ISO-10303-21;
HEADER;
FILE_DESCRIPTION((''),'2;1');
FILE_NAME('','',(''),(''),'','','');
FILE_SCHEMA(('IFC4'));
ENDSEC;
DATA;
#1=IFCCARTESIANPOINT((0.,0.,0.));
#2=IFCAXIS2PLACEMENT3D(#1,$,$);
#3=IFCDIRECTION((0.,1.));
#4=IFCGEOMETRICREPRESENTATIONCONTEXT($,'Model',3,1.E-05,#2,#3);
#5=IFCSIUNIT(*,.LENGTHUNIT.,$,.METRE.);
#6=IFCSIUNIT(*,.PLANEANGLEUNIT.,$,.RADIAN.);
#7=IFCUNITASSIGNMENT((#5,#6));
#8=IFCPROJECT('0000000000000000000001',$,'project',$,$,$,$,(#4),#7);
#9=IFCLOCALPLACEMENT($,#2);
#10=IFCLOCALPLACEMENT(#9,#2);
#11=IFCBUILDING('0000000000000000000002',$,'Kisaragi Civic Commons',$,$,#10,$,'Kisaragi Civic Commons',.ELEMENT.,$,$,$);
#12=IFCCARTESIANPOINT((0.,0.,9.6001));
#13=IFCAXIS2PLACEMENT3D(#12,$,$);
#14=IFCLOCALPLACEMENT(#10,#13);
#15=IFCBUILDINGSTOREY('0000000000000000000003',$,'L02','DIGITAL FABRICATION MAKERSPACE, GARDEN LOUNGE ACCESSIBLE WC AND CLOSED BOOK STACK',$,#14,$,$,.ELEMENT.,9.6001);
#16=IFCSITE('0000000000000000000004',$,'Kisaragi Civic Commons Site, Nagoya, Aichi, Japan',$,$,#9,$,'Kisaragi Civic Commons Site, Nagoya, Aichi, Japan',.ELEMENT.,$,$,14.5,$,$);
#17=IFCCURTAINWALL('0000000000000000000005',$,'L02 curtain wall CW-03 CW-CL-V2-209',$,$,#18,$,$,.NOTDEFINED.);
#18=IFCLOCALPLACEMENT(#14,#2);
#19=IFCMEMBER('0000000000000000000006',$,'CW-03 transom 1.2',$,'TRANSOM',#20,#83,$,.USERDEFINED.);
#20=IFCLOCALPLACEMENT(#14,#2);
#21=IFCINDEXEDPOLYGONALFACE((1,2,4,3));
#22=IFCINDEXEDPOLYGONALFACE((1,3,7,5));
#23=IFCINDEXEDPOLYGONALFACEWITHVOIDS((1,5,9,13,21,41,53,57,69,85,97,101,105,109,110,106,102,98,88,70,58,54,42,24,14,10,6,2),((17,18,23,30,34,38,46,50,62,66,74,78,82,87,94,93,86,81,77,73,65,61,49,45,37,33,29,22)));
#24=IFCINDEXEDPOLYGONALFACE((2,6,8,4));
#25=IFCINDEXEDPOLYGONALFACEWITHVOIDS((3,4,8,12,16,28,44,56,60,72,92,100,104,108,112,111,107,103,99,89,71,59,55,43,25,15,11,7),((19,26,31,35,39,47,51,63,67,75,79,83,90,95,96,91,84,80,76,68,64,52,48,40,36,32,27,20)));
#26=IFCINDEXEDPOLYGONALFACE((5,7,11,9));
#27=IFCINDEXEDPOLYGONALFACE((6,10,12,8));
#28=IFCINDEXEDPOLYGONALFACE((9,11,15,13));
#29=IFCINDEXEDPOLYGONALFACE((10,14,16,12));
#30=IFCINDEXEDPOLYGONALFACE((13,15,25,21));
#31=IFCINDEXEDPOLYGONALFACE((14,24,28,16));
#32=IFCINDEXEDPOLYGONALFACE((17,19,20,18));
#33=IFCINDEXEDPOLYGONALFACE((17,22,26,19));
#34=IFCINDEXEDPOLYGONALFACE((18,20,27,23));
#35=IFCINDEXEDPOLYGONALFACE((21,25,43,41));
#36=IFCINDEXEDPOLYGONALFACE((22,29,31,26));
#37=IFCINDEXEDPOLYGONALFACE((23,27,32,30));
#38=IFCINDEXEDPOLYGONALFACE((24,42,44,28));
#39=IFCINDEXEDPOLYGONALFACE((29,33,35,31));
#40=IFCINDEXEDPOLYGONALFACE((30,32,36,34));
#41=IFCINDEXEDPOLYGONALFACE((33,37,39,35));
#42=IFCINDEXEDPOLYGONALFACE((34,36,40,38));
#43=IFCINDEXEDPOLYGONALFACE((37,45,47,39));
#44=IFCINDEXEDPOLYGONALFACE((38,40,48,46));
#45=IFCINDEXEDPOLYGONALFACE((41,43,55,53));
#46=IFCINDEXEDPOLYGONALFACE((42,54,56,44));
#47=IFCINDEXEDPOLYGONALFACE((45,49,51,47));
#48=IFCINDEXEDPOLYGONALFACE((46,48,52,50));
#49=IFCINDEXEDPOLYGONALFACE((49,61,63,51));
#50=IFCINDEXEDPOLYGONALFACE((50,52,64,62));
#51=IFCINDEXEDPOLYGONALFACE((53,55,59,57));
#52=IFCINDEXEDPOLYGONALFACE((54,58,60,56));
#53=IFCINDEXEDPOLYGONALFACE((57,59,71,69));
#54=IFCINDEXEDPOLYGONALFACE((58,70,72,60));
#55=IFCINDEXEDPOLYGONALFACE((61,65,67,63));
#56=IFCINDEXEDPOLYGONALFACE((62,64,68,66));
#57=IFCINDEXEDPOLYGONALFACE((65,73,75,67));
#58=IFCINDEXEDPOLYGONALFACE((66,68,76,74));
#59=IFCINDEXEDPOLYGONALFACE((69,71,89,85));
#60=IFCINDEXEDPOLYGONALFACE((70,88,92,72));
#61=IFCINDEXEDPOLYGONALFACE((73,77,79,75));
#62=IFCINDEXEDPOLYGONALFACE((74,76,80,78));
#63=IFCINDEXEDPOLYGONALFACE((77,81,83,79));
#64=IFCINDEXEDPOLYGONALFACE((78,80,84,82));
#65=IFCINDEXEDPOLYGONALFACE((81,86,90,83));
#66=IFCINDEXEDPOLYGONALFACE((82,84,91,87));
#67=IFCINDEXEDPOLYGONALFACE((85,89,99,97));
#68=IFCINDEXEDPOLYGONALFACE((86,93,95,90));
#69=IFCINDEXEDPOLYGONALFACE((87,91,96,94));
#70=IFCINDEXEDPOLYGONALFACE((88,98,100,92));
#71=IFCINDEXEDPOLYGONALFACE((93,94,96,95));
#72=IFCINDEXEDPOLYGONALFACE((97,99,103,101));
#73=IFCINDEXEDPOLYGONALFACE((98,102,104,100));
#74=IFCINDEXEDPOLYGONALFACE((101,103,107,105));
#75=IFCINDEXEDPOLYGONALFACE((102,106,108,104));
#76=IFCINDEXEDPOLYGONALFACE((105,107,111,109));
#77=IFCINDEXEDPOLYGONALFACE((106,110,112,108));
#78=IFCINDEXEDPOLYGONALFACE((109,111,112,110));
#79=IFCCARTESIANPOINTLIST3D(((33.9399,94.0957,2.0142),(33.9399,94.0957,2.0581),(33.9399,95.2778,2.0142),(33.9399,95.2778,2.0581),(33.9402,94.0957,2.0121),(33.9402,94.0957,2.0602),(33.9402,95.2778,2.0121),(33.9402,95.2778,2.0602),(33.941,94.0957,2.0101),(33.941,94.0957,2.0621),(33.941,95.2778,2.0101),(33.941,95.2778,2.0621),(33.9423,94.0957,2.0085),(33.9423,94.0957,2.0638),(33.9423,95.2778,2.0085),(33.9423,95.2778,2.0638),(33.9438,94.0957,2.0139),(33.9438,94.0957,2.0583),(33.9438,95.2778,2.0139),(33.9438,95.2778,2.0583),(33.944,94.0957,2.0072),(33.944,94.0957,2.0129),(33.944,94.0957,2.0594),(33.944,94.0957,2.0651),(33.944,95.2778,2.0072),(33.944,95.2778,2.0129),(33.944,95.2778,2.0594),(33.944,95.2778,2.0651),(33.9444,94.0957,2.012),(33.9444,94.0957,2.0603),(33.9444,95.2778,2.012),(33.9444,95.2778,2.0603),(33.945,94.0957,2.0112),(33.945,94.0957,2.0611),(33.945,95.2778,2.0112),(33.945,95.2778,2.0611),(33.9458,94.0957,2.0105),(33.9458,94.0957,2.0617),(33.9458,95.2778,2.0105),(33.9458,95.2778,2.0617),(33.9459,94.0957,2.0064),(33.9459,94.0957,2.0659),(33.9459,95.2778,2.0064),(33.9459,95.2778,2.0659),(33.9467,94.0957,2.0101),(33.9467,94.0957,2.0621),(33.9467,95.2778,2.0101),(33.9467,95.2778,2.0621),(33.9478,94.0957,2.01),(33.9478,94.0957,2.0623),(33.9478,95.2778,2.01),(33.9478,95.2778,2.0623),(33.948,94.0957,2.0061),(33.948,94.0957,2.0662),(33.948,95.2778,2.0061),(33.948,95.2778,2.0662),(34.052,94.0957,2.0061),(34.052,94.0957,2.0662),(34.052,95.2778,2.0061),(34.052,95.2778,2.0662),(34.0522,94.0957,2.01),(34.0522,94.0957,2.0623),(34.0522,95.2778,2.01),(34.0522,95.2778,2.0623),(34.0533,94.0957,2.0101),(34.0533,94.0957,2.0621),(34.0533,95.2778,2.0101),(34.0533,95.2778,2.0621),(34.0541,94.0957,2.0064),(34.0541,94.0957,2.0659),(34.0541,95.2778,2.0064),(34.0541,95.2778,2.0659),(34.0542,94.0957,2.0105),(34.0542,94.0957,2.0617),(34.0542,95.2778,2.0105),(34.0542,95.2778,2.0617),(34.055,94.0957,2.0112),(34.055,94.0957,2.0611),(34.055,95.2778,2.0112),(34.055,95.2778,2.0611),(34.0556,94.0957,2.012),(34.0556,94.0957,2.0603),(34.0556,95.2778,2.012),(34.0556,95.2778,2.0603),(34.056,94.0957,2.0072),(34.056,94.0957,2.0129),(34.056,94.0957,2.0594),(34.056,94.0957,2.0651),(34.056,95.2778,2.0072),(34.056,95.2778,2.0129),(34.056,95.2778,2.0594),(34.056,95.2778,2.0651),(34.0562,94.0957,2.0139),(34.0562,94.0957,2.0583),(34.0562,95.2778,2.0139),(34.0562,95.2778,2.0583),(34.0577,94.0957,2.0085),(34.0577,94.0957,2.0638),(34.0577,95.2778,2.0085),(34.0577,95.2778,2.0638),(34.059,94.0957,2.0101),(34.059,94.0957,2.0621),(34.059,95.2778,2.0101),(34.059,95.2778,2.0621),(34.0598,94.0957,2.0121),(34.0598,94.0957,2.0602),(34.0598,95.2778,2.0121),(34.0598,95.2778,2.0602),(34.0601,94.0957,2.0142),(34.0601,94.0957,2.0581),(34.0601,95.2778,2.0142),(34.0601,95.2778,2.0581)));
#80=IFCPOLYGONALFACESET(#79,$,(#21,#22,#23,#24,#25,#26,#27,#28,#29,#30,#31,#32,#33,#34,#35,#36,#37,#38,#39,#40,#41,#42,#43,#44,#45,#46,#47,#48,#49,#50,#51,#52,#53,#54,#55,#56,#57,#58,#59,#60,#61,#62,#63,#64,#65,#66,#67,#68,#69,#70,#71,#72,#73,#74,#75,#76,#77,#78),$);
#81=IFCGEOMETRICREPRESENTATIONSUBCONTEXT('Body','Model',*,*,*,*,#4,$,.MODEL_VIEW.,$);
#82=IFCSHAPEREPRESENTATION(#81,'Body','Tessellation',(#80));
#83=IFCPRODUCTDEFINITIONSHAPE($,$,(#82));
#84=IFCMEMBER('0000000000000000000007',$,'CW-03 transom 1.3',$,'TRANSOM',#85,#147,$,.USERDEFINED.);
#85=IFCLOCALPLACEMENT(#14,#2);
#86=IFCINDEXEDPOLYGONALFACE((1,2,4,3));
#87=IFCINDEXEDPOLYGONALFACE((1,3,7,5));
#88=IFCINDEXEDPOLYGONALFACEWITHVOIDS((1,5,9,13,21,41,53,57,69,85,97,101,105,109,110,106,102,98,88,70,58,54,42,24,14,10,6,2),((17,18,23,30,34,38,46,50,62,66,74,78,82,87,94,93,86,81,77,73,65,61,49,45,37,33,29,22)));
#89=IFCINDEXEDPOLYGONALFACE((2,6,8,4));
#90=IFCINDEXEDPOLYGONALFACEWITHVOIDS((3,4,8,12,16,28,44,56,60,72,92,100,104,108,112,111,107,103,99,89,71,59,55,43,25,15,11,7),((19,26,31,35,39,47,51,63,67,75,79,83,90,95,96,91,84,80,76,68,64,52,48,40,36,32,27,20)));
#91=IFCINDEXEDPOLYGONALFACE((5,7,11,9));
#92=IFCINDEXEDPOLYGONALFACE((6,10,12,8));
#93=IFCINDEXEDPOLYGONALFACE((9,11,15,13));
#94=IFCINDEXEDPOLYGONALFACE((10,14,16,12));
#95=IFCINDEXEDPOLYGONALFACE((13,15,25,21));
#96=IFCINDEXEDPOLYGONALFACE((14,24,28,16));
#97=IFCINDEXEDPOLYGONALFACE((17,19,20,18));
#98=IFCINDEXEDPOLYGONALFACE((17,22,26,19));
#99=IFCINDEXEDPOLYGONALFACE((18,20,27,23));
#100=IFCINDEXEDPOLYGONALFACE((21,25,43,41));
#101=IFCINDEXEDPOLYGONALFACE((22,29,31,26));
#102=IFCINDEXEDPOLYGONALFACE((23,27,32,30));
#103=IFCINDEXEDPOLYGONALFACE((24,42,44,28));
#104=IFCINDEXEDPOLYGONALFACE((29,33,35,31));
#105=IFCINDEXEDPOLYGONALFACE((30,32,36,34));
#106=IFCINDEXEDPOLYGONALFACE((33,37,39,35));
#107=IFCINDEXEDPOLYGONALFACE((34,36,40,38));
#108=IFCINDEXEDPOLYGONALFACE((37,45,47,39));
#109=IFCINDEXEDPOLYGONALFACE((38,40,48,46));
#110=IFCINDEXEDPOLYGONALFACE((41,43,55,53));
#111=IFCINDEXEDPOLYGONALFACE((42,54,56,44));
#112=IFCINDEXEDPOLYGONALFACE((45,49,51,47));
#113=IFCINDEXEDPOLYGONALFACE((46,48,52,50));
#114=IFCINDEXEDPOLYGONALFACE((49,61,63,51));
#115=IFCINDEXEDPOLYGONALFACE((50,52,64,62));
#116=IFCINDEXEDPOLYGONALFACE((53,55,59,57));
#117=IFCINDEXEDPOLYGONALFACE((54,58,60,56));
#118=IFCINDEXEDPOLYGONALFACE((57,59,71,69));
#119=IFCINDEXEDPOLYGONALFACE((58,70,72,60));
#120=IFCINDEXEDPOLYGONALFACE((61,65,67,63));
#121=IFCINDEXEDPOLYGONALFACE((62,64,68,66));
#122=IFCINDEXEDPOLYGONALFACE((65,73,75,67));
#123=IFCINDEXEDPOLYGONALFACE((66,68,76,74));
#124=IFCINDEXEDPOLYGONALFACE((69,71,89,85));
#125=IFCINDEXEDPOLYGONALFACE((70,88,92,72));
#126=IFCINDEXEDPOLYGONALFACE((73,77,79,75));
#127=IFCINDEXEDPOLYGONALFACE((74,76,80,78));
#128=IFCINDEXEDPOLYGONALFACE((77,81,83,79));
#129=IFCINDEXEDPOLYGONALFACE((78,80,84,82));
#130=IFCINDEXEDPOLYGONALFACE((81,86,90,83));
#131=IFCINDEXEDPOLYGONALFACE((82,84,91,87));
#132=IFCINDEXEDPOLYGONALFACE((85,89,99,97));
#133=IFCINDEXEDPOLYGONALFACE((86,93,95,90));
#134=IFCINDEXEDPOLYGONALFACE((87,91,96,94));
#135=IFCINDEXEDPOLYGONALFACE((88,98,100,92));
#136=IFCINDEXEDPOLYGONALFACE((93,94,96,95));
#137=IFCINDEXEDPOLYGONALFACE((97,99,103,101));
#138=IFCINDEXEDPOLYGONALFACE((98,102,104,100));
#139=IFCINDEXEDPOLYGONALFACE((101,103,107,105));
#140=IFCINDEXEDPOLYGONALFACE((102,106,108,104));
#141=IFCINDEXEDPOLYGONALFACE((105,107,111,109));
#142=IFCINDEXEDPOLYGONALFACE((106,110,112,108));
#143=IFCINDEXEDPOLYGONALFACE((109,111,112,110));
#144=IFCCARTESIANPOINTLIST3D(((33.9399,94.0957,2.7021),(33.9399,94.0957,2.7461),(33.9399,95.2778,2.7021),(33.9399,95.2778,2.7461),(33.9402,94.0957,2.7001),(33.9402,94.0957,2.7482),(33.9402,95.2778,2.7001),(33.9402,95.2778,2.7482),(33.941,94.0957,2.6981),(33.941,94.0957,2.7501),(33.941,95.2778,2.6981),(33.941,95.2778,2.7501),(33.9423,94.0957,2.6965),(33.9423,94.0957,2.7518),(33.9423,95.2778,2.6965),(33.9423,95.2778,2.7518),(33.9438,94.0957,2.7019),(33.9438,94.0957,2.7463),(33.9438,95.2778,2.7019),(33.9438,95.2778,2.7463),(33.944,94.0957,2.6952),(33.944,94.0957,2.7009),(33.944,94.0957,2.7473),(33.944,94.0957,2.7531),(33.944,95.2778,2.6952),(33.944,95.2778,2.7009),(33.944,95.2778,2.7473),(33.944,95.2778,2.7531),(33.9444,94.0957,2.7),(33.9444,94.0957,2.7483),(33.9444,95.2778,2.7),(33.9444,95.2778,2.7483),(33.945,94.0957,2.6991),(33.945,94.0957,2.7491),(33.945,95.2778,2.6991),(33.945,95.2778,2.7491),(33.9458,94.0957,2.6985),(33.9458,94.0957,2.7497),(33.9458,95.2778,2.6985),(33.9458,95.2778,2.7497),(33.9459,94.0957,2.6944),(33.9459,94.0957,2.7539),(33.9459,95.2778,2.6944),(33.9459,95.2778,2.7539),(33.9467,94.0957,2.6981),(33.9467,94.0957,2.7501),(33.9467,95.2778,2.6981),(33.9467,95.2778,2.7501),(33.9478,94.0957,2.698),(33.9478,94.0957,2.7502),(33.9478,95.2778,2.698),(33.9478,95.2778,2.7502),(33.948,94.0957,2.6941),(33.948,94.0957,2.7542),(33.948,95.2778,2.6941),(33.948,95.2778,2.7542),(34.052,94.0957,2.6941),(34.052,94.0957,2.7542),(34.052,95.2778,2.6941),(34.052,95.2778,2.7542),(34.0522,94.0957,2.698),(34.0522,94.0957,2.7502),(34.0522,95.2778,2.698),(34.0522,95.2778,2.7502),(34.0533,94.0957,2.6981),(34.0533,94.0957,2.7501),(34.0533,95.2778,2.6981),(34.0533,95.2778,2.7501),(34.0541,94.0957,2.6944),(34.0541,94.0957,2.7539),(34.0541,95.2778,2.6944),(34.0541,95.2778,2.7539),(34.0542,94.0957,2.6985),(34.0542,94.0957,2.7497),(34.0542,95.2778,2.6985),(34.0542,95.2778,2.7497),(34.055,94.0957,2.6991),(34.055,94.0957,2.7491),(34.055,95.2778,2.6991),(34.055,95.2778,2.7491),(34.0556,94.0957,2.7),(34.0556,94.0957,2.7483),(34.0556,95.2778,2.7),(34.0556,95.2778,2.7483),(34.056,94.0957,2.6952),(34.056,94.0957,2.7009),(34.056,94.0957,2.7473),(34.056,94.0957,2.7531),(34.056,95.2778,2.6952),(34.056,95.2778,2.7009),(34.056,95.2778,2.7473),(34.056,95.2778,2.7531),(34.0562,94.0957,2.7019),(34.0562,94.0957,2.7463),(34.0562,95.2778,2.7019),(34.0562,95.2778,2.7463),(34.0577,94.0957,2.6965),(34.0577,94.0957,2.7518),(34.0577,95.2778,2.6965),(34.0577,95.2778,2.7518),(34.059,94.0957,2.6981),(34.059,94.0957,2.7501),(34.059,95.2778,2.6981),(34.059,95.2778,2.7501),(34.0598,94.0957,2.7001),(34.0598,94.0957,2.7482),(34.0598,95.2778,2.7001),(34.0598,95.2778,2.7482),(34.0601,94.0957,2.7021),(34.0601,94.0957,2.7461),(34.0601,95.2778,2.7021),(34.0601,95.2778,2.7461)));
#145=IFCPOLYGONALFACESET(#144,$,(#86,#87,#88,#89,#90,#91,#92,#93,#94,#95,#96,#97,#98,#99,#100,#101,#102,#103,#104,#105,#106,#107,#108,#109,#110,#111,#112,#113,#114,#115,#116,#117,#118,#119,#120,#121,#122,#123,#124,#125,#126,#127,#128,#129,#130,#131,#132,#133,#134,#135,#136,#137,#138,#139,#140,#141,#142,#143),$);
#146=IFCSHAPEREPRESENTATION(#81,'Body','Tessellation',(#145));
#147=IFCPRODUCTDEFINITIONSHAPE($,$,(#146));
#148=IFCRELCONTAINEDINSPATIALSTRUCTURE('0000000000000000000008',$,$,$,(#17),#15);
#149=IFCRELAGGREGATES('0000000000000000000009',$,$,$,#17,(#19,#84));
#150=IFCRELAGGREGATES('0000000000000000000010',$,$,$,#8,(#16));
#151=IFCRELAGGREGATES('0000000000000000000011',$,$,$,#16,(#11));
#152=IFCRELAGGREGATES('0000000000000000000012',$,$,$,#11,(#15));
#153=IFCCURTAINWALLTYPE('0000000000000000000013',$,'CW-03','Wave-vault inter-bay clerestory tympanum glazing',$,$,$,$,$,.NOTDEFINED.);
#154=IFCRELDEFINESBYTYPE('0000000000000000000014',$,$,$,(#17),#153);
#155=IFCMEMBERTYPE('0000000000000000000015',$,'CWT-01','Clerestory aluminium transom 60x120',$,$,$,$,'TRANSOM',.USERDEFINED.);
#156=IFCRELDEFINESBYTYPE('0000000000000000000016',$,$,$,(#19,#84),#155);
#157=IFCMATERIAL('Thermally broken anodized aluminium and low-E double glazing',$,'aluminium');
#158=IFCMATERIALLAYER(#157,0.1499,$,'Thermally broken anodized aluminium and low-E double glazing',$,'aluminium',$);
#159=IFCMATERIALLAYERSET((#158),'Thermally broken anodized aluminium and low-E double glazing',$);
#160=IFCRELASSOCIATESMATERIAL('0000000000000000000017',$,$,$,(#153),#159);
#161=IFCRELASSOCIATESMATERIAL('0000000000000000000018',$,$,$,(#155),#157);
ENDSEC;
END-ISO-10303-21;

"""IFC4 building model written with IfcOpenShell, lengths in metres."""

from ifc_helpers import new_model, si_unit, direction, frame, origin, origin_2d, place, context, subcontext, project, spatial, hollow_rectangle, extrude, material, layer, layer_set, material_profile, profile_set, type_object, element, aggregate, save


model = new_model("IFC4")

# Units and contexts
model_context = context("Model", 3, precision=1e-05, world=origin(), true_north=direction((0.0, 1.0)))
body_context = subcontext(model_context, "Body", "Model", "MODEL_VIEW")
ifc_project = project(units=[si_unit("LENGTHUNIT", "METRE"), si_unit("PLANEANGLEUNIT", "RADIAN")], contexts=[model_context])

# Site, building, storey
site_placement = place(None, origin())
site = spatial("IfcSite", under=ifc_project, at=site_placement, Name="Kisaragi Civic Commons Site, Nagoya, Aichi, Japan", LongName="Kisaragi Civic Commons Site, Nagoya, Aichi, Japan", CompositionType="ELEMENT", RefElevation=14.5)
building_placement = place(site_placement, origin())
building = spatial("IfcBuilding", under=site, at=building_placement, Name="Kisaragi Civic Commons", LongName="Kisaragi Civic Commons", CompositionType="ELEMENT")
storey_placement = place(building_placement, frame((0.0, 0.0, 9.6001)))
storey = spatial("IfcBuildingStorey", under=building, at=storey_placement, Name="L02", Description="DIGITAL FABRICATION MAKERSPACE, GARDEN LOUNGE ACCESSIBLE WC AND CLOSED BOOK STACK", CompositionType="ELEMENT", Elevation=9.6001)

# Curtain wall
ifc_material_1 = material(Name="Thermally broken anodized aluminium and low-E double glazing", Category="aluminium")
ifc_layer_1 = layer(ifc_material_1, 0.1499, Name="Thermally broken anodized aluminium and low-E double glazing", Category="aluminium")
ifc_layer_set_1 = layer_set([ifc_layer_1], Name="Thermally broken anodized aluminium and low-E double glazing")
curtain_wall_type = type_object("IfcCurtainWallType", Name="CW-03", Description="Wave-vault inter-bay clerestory tympanum glazing", PredefinedType="NOTDEFINED", material=ifc_layer_set_1)
curtain_wall_1_placement = place(storey_placement, origin())
curtain_wall_1 = element("IfcCurtainWall", 1, at=curtain_wall_1_placement, inside=storey, type_object=curtain_wall_type, Name="L02 curtain wall CW-03 CW-CL-V2-209", PredefinedType="NOTDEFINED")

# Members
ifc_material_profile_1 = material_profile(ifc_material_1, hollow_rectangle(XDim=0.1201, YDim=0.0601, WallThickness=0.0039, InnerFilletRadius=0.0039, OuterFilletRadius=0.0081, at=origin_2d()), Name="CWT-60x120x4", Category="aluminium")
ifc_profile_set_1 = profile_set([ifc_material_profile_1], Name="Thermally broken anodized aluminium and low-E double glazing")
member_type_1 = type_object("IfcMemberType", Name="CWT-01", Description="Clerestory aluminium transom 60x120", ElementType="TRANSOM", PredefinedType="USERDEFINED", material=ifc_profile_set_1)
member_1_placement = place(storey_placement, frame((34.0, 94.0957, 2.0361), z_axis=(0.0, 1.0, 0.0), x_axis=(-1.0, 0.0, 0.0)))
member_1 = element("IfcMember", 2, at=member_1_placement, type_object=member_type_1, Name="CW-03 transom 1.2", ObjectType="TRANSOM", PredefinedType="USERDEFINED", context=body_context, shape_type="SweptSolid", body=[
    extrude(hollow_rectangle(XDim=0.1201, YDim=0.0601, WallThickness=0.0039, InnerFilletRadius=0.0039, OuterFilletRadius=0.0081, at=origin_2d()), origin(), (0.0, 0.0, 1.0), 1.1821),
])
member_2_placement = place(storey_placement, frame((34.0, 94.0957, 2.7241), z_axis=(0.0, 1.0, 0.0), x_axis=(-1.0, 0.0, 0.0)))
member_2 = element("IfcMember", 3, at=member_2_placement, type_object=member_type_1, Name="CW-03 transom 1.3", ObjectType="TRANSOM", PredefinedType="USERDEFINED", context=body_context, shape_type="SweptSolid", body=[
    extrude(hollow_rectangle(XDim=0.1201, YDim=0.0601, WallThickness=0.0039, InnerFilletRadius=0.0039, OuterFilletRadius=0.0081, at=origin_2d()), origin(), (0.0, 0.0, 1.0), 1.1821),
])

aggregate(curtain_wall_1, [member_1, member_2])

save(model, "model.ifc")
